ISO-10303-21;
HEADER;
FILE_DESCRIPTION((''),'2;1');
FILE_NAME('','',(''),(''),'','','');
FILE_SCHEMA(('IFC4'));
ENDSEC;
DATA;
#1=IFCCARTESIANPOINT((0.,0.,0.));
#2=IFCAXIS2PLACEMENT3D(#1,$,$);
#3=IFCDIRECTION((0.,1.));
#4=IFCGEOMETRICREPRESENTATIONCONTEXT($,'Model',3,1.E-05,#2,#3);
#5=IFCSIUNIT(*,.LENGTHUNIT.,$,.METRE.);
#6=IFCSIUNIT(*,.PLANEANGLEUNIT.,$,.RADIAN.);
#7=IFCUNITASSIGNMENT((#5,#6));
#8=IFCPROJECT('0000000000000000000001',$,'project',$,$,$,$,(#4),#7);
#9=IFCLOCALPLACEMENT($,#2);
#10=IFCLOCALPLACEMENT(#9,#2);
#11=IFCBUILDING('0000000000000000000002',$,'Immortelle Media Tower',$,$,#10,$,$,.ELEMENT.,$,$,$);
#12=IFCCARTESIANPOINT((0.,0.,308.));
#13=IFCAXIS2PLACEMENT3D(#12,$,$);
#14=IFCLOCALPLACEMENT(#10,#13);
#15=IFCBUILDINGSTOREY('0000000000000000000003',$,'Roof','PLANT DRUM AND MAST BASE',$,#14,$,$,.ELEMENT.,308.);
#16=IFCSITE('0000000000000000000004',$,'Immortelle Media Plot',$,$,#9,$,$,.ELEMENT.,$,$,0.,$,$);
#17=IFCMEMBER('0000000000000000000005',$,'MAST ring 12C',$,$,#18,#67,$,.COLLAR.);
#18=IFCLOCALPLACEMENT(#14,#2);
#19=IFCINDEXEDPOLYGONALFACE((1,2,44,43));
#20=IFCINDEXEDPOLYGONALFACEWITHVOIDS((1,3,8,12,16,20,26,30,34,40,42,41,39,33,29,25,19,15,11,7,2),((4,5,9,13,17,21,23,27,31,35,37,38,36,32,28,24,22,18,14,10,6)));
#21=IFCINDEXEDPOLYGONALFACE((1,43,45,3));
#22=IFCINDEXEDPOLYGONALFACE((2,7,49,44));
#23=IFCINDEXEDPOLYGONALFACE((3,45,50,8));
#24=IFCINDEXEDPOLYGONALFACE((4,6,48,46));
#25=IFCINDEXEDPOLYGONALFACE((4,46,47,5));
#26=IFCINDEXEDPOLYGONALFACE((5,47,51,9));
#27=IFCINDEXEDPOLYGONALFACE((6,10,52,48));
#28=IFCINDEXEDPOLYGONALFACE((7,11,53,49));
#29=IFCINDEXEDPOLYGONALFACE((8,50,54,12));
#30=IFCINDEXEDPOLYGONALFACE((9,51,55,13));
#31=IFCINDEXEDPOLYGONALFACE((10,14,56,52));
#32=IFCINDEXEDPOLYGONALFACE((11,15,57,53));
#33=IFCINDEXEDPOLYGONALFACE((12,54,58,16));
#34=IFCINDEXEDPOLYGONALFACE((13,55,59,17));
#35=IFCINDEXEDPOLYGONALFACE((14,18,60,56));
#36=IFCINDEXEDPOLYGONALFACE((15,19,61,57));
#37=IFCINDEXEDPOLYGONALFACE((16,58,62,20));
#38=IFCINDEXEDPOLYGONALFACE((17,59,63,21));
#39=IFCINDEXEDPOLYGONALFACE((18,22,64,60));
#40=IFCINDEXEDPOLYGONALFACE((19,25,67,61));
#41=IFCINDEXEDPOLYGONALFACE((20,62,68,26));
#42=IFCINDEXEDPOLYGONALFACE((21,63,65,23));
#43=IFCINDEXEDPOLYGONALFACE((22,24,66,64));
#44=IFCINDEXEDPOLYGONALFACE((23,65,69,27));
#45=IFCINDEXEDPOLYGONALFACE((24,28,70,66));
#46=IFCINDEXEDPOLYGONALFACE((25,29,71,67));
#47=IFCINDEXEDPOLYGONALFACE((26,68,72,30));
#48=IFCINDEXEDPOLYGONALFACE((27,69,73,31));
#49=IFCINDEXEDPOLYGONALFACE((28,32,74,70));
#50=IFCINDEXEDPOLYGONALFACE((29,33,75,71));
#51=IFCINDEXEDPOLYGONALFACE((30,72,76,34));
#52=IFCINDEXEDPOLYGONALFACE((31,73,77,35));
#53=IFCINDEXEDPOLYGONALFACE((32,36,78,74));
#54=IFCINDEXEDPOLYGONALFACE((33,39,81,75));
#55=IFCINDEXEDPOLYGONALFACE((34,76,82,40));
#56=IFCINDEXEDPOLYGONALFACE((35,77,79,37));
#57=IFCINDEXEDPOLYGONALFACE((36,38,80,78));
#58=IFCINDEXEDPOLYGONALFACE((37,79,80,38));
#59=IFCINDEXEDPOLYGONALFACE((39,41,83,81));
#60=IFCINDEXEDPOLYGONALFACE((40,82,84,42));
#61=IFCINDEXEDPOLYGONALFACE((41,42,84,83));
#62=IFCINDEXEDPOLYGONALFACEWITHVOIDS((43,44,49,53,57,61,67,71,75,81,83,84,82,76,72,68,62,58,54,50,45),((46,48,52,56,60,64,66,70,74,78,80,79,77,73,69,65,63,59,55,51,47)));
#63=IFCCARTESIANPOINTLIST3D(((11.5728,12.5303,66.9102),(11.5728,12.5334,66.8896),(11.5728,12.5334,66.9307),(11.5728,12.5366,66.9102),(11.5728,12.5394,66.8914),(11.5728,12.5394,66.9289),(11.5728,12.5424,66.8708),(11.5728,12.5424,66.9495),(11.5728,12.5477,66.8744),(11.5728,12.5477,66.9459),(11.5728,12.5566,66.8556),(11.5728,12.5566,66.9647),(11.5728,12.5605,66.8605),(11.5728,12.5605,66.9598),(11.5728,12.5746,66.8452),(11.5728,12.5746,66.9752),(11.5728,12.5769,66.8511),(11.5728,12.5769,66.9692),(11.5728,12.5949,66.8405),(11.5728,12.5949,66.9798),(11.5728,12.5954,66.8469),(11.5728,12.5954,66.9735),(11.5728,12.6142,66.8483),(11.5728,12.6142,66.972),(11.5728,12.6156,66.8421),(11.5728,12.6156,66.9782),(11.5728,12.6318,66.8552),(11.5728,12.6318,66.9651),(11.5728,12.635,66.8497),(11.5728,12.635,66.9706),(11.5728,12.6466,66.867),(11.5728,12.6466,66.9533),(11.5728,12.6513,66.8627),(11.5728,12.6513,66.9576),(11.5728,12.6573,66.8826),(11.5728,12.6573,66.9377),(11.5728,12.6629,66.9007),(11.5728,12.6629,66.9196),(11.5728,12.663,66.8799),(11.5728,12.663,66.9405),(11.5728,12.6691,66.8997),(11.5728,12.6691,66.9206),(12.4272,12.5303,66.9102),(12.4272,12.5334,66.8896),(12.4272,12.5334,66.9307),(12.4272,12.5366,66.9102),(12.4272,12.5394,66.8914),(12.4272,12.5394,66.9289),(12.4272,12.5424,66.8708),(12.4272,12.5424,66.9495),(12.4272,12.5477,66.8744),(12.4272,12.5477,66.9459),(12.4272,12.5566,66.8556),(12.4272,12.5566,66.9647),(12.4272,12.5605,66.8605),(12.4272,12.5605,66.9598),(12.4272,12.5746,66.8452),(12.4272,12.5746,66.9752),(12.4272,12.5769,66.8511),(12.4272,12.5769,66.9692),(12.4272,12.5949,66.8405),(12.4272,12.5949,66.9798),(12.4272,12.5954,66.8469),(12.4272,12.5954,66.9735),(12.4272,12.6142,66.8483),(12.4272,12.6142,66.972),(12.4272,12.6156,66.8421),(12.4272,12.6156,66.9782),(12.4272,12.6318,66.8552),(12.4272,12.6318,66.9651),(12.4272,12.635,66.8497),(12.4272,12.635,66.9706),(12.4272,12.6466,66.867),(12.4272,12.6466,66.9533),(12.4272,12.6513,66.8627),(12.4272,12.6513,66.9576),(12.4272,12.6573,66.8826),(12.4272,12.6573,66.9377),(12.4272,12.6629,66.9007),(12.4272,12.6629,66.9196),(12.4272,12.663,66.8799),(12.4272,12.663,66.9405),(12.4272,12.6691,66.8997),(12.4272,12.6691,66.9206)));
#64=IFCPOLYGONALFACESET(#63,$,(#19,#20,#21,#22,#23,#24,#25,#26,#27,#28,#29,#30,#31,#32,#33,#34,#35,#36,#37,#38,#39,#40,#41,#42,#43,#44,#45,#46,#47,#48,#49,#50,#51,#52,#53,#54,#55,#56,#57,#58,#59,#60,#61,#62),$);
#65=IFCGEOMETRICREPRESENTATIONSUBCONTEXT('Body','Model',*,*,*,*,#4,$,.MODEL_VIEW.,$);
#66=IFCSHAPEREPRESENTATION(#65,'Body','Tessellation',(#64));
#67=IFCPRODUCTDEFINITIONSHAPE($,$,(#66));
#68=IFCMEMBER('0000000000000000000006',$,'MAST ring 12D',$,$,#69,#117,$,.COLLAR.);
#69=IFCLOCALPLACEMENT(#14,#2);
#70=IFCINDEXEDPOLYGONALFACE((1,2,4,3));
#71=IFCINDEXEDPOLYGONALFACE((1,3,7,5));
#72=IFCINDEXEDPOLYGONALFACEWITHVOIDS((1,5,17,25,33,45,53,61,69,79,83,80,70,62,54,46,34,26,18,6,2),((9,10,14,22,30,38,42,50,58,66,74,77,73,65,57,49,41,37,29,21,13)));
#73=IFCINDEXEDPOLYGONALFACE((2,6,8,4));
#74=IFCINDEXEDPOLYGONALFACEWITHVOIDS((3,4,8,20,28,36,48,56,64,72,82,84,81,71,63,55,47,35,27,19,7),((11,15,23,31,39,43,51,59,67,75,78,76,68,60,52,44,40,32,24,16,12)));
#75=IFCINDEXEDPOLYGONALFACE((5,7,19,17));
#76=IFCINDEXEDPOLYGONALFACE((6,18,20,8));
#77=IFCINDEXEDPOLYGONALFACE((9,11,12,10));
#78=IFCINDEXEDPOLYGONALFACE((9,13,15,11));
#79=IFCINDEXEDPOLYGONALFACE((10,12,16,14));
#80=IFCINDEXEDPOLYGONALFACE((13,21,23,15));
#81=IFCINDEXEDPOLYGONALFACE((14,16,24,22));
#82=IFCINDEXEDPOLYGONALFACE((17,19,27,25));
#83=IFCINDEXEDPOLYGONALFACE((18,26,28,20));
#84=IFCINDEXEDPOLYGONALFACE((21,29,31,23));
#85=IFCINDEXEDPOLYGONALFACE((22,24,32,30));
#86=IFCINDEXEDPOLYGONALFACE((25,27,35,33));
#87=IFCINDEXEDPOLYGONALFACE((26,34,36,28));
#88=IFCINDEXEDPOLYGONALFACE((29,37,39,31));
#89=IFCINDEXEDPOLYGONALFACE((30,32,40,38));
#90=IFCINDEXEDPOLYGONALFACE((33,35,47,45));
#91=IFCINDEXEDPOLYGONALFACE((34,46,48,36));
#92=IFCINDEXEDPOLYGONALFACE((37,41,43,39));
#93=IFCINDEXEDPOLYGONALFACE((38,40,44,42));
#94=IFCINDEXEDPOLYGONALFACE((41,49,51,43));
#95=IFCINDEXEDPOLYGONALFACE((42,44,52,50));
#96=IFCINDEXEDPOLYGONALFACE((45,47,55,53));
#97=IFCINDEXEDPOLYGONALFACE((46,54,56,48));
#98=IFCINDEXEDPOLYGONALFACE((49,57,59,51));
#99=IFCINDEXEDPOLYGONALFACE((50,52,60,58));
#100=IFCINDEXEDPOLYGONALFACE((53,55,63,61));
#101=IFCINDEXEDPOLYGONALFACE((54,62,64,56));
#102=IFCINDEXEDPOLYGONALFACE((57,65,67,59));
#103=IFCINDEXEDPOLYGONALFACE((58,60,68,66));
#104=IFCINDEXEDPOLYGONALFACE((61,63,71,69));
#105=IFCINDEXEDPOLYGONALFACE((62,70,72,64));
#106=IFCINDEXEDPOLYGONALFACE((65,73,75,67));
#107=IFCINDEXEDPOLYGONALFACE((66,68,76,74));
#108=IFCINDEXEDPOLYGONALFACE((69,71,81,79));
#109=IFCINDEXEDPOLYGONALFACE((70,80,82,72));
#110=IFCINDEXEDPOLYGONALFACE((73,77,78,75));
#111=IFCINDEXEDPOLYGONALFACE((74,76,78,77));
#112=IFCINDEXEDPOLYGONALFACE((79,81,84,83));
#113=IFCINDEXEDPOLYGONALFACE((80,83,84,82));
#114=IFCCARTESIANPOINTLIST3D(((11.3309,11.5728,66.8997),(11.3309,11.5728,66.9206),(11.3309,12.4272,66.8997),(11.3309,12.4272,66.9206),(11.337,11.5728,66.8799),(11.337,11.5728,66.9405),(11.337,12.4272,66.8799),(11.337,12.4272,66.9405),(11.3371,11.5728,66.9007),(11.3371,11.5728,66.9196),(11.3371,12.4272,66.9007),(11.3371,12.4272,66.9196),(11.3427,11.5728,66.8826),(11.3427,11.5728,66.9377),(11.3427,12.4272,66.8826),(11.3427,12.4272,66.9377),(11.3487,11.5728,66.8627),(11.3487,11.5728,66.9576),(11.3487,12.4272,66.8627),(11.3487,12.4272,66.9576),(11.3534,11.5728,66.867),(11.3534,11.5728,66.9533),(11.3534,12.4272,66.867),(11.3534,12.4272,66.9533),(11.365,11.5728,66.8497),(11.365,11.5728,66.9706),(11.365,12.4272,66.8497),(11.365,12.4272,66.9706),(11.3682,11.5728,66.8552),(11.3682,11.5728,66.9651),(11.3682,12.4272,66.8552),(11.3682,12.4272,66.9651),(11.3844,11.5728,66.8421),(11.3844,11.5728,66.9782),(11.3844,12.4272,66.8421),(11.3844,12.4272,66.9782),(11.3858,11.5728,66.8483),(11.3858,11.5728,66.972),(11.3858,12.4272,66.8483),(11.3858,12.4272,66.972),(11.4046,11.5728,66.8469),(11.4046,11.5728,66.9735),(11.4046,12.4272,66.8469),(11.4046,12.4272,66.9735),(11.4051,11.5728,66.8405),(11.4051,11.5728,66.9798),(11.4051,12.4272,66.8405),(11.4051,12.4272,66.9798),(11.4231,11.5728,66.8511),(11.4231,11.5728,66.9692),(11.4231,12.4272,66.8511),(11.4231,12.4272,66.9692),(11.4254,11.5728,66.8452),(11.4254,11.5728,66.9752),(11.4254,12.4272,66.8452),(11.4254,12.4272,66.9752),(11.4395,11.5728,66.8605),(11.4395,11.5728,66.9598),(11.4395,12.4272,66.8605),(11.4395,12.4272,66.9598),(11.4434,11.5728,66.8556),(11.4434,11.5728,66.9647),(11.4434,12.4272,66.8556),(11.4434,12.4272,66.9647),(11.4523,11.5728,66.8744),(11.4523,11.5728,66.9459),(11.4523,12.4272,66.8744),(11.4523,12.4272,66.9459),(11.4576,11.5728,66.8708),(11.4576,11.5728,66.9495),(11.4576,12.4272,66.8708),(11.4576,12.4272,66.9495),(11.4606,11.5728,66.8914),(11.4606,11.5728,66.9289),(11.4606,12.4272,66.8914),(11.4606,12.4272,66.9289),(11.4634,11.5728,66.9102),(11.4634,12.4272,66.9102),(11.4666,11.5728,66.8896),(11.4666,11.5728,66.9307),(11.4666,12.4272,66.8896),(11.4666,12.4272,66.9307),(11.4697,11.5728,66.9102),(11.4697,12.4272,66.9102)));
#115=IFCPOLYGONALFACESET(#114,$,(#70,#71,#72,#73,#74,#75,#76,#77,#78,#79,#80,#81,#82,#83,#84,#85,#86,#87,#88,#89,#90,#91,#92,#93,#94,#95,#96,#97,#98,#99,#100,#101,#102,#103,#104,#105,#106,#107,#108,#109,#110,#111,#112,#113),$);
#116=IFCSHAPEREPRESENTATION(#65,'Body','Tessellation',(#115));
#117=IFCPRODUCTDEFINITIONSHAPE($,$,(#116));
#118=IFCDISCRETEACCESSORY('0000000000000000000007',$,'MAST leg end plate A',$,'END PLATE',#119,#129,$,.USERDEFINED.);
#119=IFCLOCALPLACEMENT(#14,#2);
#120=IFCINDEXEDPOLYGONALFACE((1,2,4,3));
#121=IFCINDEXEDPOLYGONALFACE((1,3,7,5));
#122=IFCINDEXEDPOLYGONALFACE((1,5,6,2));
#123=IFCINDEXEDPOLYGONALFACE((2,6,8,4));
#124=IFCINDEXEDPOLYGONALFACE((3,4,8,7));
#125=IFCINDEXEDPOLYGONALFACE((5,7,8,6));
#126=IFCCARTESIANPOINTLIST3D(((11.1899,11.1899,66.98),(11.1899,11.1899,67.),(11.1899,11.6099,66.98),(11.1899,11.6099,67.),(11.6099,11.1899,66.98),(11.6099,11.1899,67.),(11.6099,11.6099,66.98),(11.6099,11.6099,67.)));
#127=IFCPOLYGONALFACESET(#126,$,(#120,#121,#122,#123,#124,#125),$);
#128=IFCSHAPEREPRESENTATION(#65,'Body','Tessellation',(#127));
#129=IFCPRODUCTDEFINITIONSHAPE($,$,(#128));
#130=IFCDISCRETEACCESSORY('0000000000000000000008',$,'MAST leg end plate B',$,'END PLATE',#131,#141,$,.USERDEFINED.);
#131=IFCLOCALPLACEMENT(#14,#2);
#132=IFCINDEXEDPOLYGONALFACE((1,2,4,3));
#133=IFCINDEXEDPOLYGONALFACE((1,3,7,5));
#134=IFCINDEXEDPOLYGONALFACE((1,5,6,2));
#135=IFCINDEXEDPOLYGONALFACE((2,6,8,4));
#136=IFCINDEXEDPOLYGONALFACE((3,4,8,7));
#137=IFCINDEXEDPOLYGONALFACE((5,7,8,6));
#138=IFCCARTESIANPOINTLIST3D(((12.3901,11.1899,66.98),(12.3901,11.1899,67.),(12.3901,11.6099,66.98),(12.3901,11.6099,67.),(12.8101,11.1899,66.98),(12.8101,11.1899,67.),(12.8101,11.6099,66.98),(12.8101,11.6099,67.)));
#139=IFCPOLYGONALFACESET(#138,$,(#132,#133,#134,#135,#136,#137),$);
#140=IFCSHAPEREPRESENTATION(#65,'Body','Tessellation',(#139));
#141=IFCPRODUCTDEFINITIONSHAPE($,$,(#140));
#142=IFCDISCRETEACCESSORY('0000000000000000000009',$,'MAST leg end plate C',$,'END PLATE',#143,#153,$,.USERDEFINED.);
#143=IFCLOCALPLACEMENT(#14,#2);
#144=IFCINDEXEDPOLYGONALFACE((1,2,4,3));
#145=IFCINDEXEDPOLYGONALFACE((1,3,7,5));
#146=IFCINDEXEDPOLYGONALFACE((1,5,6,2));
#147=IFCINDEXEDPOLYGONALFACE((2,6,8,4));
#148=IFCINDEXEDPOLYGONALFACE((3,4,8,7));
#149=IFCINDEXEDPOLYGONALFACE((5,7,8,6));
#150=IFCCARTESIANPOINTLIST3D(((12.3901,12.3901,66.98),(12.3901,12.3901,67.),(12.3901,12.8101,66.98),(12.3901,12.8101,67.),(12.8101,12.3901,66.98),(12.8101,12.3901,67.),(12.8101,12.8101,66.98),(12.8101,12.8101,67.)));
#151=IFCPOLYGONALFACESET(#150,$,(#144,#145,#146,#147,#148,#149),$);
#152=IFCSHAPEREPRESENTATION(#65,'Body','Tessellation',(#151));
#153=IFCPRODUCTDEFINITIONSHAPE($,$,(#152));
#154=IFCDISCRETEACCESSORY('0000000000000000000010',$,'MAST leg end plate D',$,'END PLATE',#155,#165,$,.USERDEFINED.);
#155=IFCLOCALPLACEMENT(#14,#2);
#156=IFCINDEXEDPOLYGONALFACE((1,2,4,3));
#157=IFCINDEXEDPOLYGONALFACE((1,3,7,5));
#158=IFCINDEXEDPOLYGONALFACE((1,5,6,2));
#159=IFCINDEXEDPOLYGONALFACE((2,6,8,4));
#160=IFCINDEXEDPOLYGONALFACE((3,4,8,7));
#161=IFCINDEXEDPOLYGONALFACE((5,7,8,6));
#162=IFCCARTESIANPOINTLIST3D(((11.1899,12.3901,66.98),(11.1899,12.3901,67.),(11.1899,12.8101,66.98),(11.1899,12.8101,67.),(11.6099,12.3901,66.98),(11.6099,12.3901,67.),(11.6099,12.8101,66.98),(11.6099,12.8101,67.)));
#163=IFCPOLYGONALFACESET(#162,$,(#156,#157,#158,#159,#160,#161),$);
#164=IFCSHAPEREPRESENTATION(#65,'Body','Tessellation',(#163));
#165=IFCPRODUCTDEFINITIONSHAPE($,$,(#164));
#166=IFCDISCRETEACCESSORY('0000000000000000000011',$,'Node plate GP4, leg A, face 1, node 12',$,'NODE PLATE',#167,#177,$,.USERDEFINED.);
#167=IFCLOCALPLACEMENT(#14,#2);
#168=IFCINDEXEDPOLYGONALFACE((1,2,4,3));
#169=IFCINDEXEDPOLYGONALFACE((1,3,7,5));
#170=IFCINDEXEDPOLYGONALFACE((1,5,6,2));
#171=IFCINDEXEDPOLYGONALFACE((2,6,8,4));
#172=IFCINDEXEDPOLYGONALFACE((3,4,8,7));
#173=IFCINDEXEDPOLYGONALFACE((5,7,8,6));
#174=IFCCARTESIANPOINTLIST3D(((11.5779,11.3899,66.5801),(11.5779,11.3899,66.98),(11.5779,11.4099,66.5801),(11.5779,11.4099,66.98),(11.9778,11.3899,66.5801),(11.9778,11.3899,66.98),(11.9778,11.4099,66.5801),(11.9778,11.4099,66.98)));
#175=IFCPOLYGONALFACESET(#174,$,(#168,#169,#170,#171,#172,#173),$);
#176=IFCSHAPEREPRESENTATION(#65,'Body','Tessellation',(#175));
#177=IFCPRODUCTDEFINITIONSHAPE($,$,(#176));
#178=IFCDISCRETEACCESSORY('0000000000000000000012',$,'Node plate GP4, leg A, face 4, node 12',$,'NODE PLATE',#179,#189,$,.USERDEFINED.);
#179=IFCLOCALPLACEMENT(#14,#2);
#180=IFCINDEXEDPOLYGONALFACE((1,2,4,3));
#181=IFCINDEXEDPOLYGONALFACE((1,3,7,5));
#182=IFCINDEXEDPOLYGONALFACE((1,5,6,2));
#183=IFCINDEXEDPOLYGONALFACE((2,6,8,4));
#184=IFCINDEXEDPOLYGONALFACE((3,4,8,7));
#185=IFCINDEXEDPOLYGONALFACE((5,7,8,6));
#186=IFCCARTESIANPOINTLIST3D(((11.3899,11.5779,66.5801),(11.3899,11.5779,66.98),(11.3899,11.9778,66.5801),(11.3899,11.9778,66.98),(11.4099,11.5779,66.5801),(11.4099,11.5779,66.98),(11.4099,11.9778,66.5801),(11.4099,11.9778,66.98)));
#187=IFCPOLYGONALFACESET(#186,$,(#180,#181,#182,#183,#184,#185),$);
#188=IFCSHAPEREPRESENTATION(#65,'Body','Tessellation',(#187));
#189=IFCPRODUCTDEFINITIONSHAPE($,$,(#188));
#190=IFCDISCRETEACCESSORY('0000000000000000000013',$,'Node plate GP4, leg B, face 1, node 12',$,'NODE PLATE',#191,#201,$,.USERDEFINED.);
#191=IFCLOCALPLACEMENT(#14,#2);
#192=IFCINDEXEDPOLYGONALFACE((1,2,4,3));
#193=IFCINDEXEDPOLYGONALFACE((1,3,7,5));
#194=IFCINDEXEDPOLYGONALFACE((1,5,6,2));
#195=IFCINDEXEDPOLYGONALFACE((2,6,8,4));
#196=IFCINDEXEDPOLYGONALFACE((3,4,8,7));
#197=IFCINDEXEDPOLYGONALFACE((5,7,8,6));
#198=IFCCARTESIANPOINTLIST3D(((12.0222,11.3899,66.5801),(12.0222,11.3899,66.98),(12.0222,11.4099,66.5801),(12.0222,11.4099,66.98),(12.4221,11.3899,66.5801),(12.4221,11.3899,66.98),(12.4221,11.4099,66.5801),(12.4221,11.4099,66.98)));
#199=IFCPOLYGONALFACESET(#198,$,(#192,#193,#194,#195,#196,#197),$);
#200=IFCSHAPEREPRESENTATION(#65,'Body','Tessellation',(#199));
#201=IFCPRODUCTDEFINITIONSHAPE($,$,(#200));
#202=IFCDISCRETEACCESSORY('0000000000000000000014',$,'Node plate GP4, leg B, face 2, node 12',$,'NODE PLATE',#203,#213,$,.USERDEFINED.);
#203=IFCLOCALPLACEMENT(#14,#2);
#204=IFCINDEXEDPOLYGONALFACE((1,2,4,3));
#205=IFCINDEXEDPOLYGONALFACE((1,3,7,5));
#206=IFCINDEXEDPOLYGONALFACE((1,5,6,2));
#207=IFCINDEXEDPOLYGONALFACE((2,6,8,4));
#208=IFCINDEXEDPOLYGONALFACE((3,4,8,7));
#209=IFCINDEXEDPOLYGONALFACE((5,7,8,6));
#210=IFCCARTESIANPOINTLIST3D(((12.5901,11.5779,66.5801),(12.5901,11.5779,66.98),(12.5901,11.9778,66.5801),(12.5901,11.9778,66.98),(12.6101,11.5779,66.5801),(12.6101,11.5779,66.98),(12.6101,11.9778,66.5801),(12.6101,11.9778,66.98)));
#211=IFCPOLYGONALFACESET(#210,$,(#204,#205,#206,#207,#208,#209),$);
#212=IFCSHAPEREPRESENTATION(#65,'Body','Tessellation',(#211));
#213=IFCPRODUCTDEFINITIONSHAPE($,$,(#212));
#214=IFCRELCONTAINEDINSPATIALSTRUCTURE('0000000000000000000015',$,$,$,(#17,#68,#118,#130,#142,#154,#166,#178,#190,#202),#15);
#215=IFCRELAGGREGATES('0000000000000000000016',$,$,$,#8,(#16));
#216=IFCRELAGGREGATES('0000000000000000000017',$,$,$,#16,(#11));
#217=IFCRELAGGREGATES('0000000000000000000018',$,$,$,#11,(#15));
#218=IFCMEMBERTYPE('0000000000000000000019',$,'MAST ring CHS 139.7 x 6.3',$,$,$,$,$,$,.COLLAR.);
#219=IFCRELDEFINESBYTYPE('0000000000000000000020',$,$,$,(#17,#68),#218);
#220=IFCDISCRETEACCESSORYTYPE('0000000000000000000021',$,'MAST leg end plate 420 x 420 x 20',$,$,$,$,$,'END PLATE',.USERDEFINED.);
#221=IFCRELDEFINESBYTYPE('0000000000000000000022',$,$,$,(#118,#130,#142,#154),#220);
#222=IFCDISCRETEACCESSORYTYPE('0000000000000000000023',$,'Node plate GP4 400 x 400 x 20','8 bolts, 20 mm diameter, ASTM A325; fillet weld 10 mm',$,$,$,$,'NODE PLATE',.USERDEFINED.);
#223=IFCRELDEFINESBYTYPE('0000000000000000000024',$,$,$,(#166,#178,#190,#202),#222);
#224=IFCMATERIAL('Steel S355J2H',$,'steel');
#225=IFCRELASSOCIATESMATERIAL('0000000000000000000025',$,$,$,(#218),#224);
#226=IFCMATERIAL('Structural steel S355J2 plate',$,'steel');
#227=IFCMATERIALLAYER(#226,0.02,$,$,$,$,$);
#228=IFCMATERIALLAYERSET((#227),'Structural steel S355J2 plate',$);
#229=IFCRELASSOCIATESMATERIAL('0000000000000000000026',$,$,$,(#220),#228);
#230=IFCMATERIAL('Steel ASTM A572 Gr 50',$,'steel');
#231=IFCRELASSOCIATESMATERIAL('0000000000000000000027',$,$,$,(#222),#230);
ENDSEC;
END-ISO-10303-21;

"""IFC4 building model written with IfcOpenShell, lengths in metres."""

from ifc_helpers import new_model, si_unit, direction, frame, origin, origin_2d, place, context, subcontext, project, spatial, rectangle, hollow_circle, extrude, material, layer, layer_set, material_profile, profile_set, type_object, element, save


model = new_model("IFC4")

# Units and contexts
model_context = context("Model", 3, precision=1e-05, world=origin(), true_north=direction((0.0, 1.0)))
body_context = subcontext(model_context, "Body", "Model", "MODEL_VIEW")
ifc_project = project(units=[si_unit("LENGTHUNIT", "METRE"), si_unit("PLANEANGLEUNIT", "RADIAN")], contexts=[model_context])

# Site, building, storey
site_placement = place(None, origin())
site = spatial("IfcSite", under=ifc_project, at=site_placement, Name="Immortelle Media Plot", CompositionType="ELEMENT", RefElevation=0.0)
building_placement = place(site_placement, origin())
building = spatial("IfcBuilding", under=site, at=building_placement, Name="Immortelle Media Tower", CompositionType="ELEMENT")
storey_placement = place(building_placement, frame((0.0, 0.0, 308.0)))
storey = spatial("IfcBuildingStorey", under=building, at=storey_placement, Name="Roof", Description="PLANT DRUM AND MAST BASE", CompositionType="ELEMENT", Elevation=308.0)

# Members
ifc_material_1 = material(Name="Steel S355J2H", Category="steel")
ifc_material_profile_1 = material_profile(ifc_material_1, hollow_circle(Radius=0.0698, WallThickness=0.0063, at=origin_2d()), Name="CHS 139.7 x 6.3")
ifc_profile_set_1 = profile_set([ifc_material_profile_1], Name="Steel S355J2H")
member_type_1 = type_object("IfcMemberType", Name="MAST ring CHS 139.7 x 6.3", PredefinedType="COLLAR", material=ifc_profile_set_1)
for number, where, z_axis, x_axis, name in (
    (1, (12.4272, 12.6001, 66.9102), (-1.0, 0.0, 0.0), (0.0, -1.0, 0.0), "MAST ring 12C"),
    (2, (11.3999, 12.4272, 66.9102), (0.0, -1.0, 0.0), (1.0, 0.0, 0.0), "MAST ring 12D"),
):
    element("IfcMember", number, at=place(storey_placement, frame(where, z_axis=z_axis, x_axis=x_axis)), inside=storey, type_object=member_type_1, Name=name, PredefinedType="COLLAR", context=body_context, shape_type="SweptSolid", body=[
        extrude(hollow_circle(Radius=0.0698, WallThickness=0.0063, at=origin_2d()), origin(), (0.0, 0.0, 1.0), 0.8545),
    ])

# Discrete accessories
ifc_material_2 = material(Name="Structural steel S355J2 plate", Category="steel")
ifc_layer = layer(ifc_material_2, 0.02)
ifc_layer_set = layer_set([ifc_layer], Name="Structural steel S355J2 plate")
discrete_accessory_type_1 = type_object("IfcDiscreteAccessoryType", Name="MAST leg end plate 420 x 420 x 20", ElementType="END PLATE", PredefinedType="USERDEFINED", material=ifc_layer_set)
for number, where, z_axis, x_axis, name in (
    (3, (11.3999, 11.3999, 66.98), (0.0, 0.0, 1.0), (1.0, 0.0, 0.0), "MAST leg end plate A"),
    (4, (12.6001, 11.3999, 66.98), (0.0, 0.0, 1.0), (1.0, 0.0, 0.0), "MAST leg end plate B"),
    (5, (12.6001, 12.6001, 66.98), (0.0, 0.0, 1.0), (1.0, 0.0, 0.0), "MAST leg end plate C"),
    (6, (11.3999, 12.6001, 66.98), (0.0, 0.0, 1.0), (1.0, 0.0, 0.0), "MAST leg end plate D"),
):
    element("IfcDiscreteAccessory", number, at=place(storey_placement, frame(where, z_axis=z_axis, x_axis=x_axis)), inside=storey, type_object=discrete_accessory_type_1, Name=name, ObjectType="END PLATE", PredefinedType="USERDEFINED", context=body_context, shape_type="SweptSolid", body=[
        extrude(rectangle(XDim=0.4199, YDim=0.4199, at=origin_2d()), origin(), (0.0, 0.0, 1.0), 0.02),
    ])
ifc_material_3 = material(Name="Steel ASTM A572 Gr 50", Category="steel")
ifc_material_profile_2 = material_profile(ifc_material_3, rectangle(XDim=0.02, YDim=0.3999, at=origin_2d()), Name="PL 20 x 400")
ifc_profile_set_2 = profile_set([ifc_material_profile_2], Name="Steel ASTM A572 Gr 50")
discrete_accessory_type_2 = type_object("IfcDiscreteAccessoryType", Name="Node plate GP4 400 x 400 x 20", Description="8 bolts, 20 mm diameter, ASTM A325; fillet weld 10 mm", ElementType="NODE PLATE", PredefinedType="USERDEFINED", material=ifc_profile_set_2)
for number, where, z_axis, x_axis, name in (
    (7, (11.5779, 11.3999, 66.78), (1.0, 0.0, 0.0), (0.0, 1.0, 0.0), "Node plate GP4, leg A, face 1, node 12"),
    (8, (11.3999, 11.5779, 66.78), (0.0, 1.0, 0.0), (-1.0, 0.0, 0.0), "Node plate GP4, leg A, face 4, node 12"),
    (9, (12.4221, 11.3999, 66.78), (-1.0, 0.0, 0.0), (0.0, -1.0, 0.0), "Node plate GP4, leg B, face 1, node 12"),
    (10, (12.6001, 11.5779, 66.78), (0.0, 1.0, 0.0), (-1.0, 0.0, 0.0), "Node plate GP4, leg B, face 2, node 12"),
):
    element("IfcDiscreteAccessory", number, at=place(storey_placement, frame(where, z_axis=z_axis, x_axis=x_axis)), inside=storey, type_object=discrete_accessory_type_2, Name=name, ObjectType="NODE PLATE", PredefinedType="USERDEFINED", context=body_context, shape_type="SweptSolid", body=[
        extrude(rectangle(XDim=0.02, YDim=0.3999, at=origin_2d()), origin(), (0.0, 0.0, 1.0), 0.3999),
    ])

save(model, "model.ifc")
